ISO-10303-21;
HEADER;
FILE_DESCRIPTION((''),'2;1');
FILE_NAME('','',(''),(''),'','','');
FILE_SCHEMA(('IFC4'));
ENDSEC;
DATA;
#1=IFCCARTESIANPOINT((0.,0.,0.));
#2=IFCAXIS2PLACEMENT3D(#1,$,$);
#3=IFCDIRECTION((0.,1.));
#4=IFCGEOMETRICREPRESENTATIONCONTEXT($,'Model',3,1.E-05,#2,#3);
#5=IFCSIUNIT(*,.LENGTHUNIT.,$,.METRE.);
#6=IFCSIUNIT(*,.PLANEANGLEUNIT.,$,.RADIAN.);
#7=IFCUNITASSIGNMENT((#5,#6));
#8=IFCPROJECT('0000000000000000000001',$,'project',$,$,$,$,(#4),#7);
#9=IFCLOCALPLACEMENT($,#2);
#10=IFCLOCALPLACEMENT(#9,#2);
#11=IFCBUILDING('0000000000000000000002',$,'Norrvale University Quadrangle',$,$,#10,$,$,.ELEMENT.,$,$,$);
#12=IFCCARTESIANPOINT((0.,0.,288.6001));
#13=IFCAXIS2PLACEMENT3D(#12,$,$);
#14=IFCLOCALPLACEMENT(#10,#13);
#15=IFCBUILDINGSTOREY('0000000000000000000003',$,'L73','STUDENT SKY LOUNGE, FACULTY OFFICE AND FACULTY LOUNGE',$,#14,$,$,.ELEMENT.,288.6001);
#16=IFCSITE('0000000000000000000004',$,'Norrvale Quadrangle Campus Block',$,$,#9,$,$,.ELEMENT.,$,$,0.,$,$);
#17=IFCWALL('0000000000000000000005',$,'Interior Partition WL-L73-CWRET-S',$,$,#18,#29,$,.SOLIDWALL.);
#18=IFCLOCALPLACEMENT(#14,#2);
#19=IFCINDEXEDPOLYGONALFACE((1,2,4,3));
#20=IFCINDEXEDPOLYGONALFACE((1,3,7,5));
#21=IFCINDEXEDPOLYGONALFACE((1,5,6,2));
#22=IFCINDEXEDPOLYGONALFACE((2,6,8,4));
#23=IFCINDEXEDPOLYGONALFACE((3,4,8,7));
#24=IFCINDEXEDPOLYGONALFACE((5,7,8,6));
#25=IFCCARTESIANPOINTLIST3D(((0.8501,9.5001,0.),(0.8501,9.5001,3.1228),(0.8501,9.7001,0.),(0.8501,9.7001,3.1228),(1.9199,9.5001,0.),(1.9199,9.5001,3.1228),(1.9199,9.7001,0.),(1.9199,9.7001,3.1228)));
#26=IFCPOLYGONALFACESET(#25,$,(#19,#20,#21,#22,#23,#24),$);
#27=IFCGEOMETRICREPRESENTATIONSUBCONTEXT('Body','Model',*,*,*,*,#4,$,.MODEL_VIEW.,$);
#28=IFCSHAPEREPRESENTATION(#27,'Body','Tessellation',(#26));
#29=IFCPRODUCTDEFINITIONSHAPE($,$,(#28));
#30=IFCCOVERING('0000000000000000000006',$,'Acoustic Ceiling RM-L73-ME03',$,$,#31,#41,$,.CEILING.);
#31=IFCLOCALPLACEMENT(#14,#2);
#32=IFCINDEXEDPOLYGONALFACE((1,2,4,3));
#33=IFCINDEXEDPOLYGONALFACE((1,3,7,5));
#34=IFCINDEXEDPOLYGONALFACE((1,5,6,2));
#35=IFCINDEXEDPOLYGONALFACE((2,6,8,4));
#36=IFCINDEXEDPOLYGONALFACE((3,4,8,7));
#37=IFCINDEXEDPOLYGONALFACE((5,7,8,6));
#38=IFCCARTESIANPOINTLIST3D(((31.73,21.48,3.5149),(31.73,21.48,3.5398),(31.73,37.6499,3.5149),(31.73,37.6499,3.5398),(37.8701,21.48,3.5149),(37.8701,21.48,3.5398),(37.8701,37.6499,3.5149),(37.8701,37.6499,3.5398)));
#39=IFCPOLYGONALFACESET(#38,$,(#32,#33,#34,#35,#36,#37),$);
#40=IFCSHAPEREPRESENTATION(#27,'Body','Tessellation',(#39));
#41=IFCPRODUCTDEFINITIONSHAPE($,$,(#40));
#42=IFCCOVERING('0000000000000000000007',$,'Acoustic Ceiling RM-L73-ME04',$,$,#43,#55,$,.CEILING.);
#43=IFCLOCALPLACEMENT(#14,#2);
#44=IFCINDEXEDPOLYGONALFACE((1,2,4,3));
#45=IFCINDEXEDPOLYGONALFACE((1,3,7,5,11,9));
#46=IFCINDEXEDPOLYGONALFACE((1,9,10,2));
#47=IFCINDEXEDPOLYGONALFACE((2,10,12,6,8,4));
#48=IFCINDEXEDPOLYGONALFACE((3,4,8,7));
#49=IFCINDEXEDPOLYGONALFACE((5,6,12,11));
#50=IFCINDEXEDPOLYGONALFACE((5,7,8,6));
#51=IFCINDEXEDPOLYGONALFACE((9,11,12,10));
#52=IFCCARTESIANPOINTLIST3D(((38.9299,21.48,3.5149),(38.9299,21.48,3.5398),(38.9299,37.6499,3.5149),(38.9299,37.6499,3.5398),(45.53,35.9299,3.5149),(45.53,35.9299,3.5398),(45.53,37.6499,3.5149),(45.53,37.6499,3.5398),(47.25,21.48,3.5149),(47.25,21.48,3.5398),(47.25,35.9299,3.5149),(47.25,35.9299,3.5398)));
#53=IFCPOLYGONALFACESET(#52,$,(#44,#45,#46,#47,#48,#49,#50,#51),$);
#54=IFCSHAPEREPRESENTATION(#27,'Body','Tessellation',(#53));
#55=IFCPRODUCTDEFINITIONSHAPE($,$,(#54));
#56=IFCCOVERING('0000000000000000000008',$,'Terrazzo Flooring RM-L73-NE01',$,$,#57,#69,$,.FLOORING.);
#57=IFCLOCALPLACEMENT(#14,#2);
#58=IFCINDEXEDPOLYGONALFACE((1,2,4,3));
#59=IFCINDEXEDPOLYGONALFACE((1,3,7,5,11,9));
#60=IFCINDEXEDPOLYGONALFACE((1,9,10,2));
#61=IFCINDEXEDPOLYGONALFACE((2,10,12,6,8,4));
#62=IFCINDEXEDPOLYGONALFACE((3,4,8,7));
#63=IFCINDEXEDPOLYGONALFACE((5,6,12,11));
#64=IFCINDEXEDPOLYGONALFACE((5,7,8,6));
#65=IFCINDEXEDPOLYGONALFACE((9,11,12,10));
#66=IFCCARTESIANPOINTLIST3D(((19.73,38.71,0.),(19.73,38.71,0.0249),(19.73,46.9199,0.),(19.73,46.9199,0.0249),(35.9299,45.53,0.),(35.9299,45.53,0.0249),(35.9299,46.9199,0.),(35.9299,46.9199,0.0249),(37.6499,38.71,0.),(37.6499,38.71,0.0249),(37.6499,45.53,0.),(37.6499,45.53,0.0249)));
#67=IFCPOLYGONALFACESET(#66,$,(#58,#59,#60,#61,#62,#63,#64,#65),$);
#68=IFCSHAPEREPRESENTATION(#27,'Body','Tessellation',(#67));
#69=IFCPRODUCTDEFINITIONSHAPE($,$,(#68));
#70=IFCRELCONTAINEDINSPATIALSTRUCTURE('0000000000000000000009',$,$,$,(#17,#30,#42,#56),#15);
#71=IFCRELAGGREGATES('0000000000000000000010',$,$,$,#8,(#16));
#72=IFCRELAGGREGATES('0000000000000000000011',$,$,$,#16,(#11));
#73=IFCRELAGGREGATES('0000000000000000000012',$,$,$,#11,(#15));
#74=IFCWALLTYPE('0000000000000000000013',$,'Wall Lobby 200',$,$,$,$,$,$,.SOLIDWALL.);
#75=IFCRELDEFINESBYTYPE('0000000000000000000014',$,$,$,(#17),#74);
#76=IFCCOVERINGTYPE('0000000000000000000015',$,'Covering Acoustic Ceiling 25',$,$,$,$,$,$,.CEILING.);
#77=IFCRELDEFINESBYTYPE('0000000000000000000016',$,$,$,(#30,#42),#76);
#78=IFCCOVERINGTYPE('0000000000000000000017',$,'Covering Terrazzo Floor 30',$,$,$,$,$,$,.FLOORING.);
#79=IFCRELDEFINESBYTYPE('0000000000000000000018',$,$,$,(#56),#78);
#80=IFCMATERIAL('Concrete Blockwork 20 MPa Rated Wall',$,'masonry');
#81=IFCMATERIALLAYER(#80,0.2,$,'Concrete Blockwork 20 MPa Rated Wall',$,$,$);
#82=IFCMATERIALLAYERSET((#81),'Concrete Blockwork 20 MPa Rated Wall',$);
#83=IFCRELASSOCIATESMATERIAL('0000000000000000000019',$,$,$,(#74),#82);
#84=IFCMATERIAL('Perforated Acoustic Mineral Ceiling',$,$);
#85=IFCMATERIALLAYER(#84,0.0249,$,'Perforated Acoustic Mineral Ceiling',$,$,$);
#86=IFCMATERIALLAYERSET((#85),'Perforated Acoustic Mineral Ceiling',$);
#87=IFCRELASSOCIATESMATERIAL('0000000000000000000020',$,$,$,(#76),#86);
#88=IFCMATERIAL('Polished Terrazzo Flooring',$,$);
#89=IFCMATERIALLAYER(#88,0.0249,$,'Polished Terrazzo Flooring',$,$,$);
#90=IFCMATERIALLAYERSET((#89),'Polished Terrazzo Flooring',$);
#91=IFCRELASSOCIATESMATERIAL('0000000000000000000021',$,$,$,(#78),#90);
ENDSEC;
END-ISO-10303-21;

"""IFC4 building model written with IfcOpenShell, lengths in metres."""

from ifc_helpers import new_model, si_unit, direction, frame, frame_2d, origin, place, context, subcontext, project, spatial, polyline, rectangle, outline, extrude, material, layer, layer_set, type_object, element, save


model = new_model("IFC4")

# Units and contexts
model_context = context("Model", 3, precision=1e-05, world=origin(), true_north=direction((0.0, 1.0)))
body_context = subcontext(model_context, "Body", "Model", "MODEL_VIEW")
ifc_project = project(units=[si_unit("LENGTHUNIT", "METRE"), si_unit("PLANEANGLEUNIT", "RADIAN")], contexts=[model_context])

# Site, building, storey
site_placement = place(None, origin())
site = spatial("IfcSite", under=ifc_project, at=site_placement, Name="Norrvale Quadrangle Campus Block", CompositionType="ELEMENT", RefElevation=0.0)
building_placement = place(site_placement, origin())
building = spatial("IfcBuilding", under=site, at=building_placement, Name="Norrvale University Quadrangle", CompositionType="ELEMENT")
storey_placement = place(building_placement, frame((0.0, 0.0, 288.6001)))
storey = spatial("IfcBuildingStorey", under=building, at=storey_placement, Name="L73", Description="STUDENT SKY LOUNGE, FACULTY OFFICE AND FACULTY LOUNGE", CompositionType="ELEMENT", Elevation=288.6001)

# Wall
ifc_material_1 = material(Name="Concrete Blockwork 20 MPa Rated Wall", Category="masonry")
ifc_layer_1 = layer(ifc_material_1, 0.2, Name="Concrete Blockwork 20 MPa Rated Wall")
ifc_layer_set_1 = layer_set([ifc_layer_1], Name="Concrete Blockwork 20 MPa Rated Wall")
wall_type_1 = type_object("IfcWallType", Name="Wall Lobby 200", PredefinedType="SOLIDWALL", material=ifc_layer_set_1)
wall_1_placement = place(storey_placement, frame((0.8501, 9.6001, 0.0), z_axis=(0.0, 0.0, 1.0), x_axis=(1.0, 0.0, 0.0)))
element("IfcWall", 1, at=wall_1_placement, inside=storey, type_object=wall_type_1, Name="Interior Partition WL-L73-CWRET-S", PredefinedType="SOLIDWALL", context=body_context, shape_type="SweptSolid", body=[
    extrude(rectangle(XDim=1.0698, YDim=0.2, at=frame_2d((0.5349, 0.0))), origin(), (0.0, 0.0, 1.0), 3.1228),
])

# Coverings
ifc_material_2 = material(Name="Perforated Acoustic Mineral Ceiling")
ifc_layer_2 = layer(ifc_material_2, 0.0249, Name="Perforated Acoustic Mineral Ceiling")
ifc_layer_set_2 = layer_set([ifc_layer_2], Name="Perforated Acoustic Mineral Ceiling")
covering_type_1 = type_object("IfcCoveringType", Name="Covering Acoustic Ceiling 25", PredefinedType="CEILING", material=ifc_layer_set_2)
covering_1_placement = place(storey_placement, frame((0.0, 0.0, 3.5149)))
element("IfcCovering", 2, at=covering_1_placement, inside=storey, type_object=covering_type_1, Name="Acoustic Ceiling RM-L73-ME03", PredefinedType="CEILING", context=body_context, shape_type="SweptSolid", body=[
    extrude(outline(polyline([(31.73, 37.6499), (37.8701, 37.6499), (37.8701, 21.48), (31.73, 21.48), (31.73, 37.6499)])), origin(), (0.0, 0.0, 1.0), 0.0249),
])
covering_2_placement = place(storey_placement, frame((0.0, 0.0, 3.5149)))
element("IfcCovering", 3, at=covering_2_placement, inside=storey, type_object=covering_type_1, Name="Acoustic Ceiling RM-L73-ME04", PredefinedType="CEILING", context=body_context, shape_type="SweptSolid", body=[
    extrude(outline(polyline([(47.25, 21.48), (38.9299, 21.48), (38.9299, 37.6499), (45.53, 37.6499), (45.53, 35.9299), (47.25, 35.9299), (47.25, 21.48)])), origin(), (0.0, 0.0, 1.0), 0.0249),
])
ifc_material_3 = material(Name="Polished Terrazzo Flooring")
ifc_layer_3 = layer(ifc_material_3, 0.0249, Name="Polished Terrazzo Flooring")
ifc_layer_set_3 = layer_set([ifc_layer_3], Name="Polished Terrazzo Flooring")
covering_type_2 = type_object("IfcCoveringType", Name="Covering Terrazzo Floor 30", PredefinedType="FLOORING", material=ifc_layer_set_3)
covering_3_placement = place(storey_placement, origin())
element("IfcCovering", 4, at=covering_3_placement, inside=storey, type_object=covering_type_2, Name="Terrazzo Flooring RM-L73-NE01", PredefinedType="FLOORING", context=body_context, shape_type="SweptSolid", body=[
    extrude(outline(polyline([(37.6499, 38.71), (19.73, 38.71), (19.73, 46.9199), (35.9299, 46.9199), (35.9299, 45.53), (37.6499, 45.53), (37.6499, 38.71)])), origin(), (0.0, 0.0, 1.0), 0.0249),
])

save(model, "model.ifc")
